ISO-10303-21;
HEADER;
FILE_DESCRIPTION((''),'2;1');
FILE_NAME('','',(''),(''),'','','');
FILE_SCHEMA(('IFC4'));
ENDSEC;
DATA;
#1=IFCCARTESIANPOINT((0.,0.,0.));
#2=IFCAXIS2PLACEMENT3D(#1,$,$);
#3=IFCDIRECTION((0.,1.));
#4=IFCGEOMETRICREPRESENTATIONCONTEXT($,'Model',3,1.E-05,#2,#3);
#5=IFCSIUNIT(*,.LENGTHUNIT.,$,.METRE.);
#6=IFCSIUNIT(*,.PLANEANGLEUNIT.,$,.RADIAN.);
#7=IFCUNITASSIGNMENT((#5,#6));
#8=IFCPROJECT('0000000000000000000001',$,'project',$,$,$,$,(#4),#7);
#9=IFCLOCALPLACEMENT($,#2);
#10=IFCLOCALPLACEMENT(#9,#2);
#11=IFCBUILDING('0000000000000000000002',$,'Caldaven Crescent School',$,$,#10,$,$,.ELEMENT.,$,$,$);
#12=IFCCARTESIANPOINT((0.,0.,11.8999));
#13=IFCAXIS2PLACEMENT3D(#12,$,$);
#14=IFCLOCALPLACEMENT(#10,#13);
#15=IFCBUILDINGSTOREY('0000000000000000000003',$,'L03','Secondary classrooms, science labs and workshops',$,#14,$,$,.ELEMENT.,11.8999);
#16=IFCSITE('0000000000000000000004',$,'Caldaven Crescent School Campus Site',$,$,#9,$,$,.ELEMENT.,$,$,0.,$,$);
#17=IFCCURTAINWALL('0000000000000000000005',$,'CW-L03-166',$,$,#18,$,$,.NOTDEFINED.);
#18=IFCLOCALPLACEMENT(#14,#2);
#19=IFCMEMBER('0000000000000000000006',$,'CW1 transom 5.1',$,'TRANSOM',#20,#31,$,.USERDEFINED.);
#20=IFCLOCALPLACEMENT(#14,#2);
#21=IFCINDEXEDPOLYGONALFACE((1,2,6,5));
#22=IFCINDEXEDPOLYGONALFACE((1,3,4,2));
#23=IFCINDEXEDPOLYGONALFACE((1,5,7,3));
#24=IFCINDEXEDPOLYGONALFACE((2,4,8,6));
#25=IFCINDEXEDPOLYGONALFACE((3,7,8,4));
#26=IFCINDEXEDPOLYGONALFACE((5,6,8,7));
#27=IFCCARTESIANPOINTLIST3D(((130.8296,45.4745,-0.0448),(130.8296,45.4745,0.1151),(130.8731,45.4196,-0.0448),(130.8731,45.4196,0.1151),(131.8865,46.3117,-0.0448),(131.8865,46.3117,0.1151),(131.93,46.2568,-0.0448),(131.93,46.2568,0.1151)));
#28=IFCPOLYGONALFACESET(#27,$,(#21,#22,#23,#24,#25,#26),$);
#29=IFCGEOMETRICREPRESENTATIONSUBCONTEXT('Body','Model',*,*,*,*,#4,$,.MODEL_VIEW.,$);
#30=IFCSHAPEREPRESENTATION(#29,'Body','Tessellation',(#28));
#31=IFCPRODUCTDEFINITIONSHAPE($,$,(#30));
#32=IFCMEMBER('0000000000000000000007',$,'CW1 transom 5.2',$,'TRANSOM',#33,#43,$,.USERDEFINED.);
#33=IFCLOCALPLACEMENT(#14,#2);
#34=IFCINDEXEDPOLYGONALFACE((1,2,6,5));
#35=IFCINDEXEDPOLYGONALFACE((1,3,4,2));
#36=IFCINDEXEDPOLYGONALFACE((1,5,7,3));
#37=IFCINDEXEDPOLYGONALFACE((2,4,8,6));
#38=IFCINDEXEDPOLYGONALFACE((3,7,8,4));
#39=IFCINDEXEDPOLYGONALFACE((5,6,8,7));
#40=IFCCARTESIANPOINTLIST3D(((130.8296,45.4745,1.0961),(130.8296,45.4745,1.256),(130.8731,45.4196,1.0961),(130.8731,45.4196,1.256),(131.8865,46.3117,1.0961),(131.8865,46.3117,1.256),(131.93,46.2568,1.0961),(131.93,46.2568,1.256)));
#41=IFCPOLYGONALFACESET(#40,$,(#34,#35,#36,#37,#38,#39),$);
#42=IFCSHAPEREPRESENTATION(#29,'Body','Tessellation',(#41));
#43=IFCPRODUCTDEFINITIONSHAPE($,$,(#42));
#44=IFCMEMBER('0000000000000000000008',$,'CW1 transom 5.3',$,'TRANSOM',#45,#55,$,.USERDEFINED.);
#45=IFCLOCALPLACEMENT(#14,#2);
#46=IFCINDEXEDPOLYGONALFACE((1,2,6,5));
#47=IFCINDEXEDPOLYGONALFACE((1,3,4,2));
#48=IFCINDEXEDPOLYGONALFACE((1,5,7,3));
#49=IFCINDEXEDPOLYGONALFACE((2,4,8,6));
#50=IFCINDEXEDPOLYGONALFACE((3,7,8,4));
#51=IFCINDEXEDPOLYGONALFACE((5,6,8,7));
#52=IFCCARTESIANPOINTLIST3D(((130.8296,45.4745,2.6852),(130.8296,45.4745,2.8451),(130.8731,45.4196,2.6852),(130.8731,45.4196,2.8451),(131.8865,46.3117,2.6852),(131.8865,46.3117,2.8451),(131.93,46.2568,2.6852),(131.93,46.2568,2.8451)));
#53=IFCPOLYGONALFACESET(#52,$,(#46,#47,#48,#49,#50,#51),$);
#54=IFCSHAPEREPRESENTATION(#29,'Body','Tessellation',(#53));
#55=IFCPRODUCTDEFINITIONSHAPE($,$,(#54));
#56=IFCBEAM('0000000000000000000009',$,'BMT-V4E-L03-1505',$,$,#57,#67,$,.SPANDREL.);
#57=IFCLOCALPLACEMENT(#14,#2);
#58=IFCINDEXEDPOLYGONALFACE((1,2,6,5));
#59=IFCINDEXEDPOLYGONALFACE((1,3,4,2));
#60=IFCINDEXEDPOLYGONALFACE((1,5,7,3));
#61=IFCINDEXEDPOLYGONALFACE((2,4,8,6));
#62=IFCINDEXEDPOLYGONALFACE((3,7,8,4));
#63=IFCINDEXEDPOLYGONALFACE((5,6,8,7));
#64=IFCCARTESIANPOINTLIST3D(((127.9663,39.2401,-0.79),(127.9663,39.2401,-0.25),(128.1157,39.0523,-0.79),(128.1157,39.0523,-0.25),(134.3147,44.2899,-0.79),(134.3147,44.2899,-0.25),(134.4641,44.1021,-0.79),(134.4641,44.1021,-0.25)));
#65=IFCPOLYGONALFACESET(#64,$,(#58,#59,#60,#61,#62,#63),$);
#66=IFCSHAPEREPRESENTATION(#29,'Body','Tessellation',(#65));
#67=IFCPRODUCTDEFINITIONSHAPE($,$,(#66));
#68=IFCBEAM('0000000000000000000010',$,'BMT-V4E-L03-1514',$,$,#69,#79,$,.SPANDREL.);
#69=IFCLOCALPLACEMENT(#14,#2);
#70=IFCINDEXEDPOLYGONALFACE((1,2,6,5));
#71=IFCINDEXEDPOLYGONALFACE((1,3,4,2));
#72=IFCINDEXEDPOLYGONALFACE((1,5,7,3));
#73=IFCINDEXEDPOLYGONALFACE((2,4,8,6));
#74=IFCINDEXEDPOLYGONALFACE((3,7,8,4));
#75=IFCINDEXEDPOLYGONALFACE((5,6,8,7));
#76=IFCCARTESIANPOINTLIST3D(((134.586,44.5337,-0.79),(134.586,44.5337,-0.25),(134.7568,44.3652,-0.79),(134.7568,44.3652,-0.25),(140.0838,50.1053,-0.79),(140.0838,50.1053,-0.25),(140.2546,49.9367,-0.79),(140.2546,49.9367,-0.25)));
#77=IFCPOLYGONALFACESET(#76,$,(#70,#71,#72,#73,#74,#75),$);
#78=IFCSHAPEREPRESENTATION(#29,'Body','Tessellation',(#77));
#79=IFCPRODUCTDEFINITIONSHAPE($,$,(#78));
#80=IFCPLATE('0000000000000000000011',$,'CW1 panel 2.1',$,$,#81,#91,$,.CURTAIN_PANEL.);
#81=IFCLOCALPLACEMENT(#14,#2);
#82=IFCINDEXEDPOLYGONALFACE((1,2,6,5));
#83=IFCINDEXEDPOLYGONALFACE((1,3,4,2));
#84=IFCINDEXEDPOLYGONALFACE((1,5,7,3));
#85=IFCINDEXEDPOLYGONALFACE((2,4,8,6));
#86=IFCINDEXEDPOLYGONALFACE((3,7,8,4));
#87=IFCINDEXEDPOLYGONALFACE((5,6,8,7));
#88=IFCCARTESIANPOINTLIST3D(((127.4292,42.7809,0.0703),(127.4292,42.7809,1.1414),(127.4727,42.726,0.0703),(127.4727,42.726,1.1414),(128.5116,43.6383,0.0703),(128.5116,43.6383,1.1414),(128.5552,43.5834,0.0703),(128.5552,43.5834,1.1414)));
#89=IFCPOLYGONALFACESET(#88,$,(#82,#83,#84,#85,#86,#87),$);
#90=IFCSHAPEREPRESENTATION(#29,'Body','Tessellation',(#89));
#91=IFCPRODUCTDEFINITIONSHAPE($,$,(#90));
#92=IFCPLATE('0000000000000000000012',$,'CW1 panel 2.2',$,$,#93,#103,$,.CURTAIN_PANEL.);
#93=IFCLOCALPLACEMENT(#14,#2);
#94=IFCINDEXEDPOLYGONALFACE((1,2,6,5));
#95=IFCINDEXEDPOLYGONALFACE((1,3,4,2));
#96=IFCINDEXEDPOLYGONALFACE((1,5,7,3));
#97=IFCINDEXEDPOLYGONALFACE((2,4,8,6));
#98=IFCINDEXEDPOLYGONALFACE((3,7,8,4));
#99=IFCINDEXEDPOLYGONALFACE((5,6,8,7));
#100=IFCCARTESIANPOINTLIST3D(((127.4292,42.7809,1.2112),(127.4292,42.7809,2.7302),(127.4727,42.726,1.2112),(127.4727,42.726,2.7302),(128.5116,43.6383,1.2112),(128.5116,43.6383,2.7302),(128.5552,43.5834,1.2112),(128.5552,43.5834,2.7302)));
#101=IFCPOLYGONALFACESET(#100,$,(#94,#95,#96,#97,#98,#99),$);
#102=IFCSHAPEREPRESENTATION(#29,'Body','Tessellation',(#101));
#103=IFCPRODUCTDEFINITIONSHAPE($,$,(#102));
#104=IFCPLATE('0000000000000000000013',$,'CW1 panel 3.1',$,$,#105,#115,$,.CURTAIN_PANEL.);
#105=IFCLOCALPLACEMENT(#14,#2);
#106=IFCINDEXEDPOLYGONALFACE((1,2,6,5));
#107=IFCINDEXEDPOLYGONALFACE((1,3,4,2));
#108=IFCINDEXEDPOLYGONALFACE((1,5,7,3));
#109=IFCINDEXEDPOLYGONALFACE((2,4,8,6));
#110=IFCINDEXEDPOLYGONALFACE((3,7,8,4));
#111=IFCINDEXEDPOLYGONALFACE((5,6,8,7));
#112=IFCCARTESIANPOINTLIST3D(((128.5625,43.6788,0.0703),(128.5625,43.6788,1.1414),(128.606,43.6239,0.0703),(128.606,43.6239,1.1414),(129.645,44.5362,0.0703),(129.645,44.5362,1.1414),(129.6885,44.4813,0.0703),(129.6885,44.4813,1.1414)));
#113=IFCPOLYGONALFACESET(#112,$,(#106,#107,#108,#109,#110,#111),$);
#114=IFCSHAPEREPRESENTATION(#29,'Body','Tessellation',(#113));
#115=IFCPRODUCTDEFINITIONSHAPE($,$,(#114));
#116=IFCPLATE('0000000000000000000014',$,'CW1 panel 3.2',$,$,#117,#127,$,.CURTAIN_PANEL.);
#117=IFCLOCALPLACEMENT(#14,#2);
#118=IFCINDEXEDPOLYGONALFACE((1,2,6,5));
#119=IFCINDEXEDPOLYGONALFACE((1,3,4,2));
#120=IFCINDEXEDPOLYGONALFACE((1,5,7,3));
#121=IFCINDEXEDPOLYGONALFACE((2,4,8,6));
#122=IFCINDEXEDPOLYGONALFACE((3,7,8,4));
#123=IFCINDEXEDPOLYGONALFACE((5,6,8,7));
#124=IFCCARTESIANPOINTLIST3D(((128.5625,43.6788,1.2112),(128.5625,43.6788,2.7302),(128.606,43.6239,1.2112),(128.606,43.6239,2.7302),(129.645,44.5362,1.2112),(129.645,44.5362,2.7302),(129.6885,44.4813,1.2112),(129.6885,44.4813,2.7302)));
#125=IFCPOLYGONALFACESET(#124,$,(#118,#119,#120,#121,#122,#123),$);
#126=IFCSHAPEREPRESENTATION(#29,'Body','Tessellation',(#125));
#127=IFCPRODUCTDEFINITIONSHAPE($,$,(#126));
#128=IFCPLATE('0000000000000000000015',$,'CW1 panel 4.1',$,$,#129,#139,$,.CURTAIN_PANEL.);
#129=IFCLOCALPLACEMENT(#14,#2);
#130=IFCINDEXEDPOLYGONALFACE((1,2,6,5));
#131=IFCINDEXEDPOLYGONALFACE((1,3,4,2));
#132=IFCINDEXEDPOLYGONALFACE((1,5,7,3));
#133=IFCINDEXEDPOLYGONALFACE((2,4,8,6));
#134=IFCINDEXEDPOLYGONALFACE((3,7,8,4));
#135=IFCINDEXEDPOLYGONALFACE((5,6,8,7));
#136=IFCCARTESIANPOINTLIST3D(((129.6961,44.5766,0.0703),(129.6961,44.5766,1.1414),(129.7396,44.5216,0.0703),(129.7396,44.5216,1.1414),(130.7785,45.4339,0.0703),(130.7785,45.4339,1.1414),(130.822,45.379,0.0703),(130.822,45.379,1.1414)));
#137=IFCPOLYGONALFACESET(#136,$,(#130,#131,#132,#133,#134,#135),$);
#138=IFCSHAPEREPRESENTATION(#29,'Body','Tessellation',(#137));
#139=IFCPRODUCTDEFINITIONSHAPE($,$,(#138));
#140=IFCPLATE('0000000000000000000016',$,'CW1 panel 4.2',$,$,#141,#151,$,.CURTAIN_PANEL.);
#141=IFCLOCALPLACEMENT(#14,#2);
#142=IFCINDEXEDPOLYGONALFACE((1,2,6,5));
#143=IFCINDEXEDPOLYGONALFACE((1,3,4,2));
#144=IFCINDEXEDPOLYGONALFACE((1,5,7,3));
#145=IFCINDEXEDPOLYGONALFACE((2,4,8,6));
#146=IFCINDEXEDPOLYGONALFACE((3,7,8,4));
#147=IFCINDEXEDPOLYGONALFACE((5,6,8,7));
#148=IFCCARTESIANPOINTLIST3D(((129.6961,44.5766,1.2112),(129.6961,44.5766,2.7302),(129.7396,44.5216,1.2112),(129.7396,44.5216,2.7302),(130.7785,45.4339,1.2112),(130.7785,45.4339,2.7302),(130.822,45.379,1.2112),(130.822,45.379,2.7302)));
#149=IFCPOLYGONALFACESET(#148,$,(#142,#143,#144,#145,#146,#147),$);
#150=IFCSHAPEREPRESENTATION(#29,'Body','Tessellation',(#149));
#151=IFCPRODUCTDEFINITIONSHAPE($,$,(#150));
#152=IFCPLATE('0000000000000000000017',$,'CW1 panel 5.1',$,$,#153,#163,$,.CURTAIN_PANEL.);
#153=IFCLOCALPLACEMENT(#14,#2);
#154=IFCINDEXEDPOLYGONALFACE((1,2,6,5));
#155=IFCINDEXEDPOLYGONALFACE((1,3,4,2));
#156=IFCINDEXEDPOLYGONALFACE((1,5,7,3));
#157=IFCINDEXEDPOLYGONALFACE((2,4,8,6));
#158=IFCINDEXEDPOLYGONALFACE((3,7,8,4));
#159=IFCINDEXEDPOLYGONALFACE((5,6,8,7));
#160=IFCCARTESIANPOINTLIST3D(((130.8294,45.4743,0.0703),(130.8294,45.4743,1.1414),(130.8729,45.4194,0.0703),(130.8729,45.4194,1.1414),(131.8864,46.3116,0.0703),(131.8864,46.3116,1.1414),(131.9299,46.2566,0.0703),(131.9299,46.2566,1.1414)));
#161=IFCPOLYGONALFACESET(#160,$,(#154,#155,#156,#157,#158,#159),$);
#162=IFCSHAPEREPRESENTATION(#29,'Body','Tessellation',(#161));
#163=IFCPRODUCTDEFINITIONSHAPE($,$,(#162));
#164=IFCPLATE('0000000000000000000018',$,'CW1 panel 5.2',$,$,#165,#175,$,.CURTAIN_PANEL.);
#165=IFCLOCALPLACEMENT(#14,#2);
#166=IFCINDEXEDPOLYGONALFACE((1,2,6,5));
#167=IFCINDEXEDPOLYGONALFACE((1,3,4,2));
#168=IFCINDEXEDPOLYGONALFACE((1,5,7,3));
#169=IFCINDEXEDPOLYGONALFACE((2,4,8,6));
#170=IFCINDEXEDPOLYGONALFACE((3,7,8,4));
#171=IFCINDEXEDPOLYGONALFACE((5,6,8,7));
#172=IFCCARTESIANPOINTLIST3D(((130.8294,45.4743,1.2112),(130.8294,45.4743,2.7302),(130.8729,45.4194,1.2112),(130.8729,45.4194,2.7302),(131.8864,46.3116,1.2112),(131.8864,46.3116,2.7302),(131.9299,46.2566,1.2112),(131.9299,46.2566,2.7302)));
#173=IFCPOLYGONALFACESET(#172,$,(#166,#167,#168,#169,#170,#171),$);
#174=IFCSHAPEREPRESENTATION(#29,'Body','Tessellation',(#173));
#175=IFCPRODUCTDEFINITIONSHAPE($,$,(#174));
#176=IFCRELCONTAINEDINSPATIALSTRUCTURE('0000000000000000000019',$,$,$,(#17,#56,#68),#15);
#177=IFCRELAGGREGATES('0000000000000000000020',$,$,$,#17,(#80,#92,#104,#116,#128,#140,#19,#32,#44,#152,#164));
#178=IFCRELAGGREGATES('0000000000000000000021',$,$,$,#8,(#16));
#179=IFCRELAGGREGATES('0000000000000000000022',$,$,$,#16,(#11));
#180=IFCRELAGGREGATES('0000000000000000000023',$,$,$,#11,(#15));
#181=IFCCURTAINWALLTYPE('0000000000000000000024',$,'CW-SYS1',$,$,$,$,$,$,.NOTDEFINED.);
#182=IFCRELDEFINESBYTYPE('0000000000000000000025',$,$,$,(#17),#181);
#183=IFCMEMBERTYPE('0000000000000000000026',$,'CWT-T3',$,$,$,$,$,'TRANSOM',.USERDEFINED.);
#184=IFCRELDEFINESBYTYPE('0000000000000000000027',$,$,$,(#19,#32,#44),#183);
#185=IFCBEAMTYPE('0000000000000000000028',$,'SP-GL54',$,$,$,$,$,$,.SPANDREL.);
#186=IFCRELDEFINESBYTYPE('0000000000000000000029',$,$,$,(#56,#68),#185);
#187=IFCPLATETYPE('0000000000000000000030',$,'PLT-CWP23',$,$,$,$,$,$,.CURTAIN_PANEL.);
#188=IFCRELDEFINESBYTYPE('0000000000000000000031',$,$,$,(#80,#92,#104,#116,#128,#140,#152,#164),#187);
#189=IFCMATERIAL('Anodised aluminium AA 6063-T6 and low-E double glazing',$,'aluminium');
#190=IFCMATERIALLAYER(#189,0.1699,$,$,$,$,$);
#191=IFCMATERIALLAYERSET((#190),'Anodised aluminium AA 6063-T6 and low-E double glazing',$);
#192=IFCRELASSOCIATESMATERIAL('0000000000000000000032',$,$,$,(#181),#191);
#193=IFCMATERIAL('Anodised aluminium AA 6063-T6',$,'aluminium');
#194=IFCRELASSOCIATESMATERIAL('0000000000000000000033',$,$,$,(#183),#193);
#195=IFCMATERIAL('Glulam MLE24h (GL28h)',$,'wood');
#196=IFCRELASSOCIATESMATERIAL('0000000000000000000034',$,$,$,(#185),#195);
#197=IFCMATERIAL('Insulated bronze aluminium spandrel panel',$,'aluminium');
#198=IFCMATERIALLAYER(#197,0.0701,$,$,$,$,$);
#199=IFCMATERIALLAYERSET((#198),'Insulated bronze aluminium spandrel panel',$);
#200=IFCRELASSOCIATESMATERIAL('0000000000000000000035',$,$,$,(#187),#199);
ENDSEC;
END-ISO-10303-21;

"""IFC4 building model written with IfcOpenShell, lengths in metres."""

from ifc_helpers import new_model, si_unit, direction, frame, origin, origin_2d, place, context, subcontext, project, spatial, rectangle, extrude, material, layer, layer_set, material_profile, profile_set, type_object, element, aggregate, save


model = new_model("IFC4")

# Units and contexts
model_context = context("Model", 3, precision=1e-05, world=origin(), true_north=direction((0.0, 1.0)))
body_context = subcontext(model_context, "Body", "Model", "MODEL_VIEW")
ifc_project = project(units=[si_unit("LENGTHUNIT", "METRE"), si_unit("PLANEANGLEUNIT", "RADIAN")], contexts=[model_context])

# Site, building, storey
site_placement = place(None, origin())
site = spatial("IfcSite", under=ifc_project, at=site_placement, Name="Caldaven Crescent School Campus Site", CompositionType="ELEMENT", RefElevation=0.0)
building_placement = place(site_placement, origin())
building = spatial("IfcBuilding", under=site, at=building_placement, Name="Caldaven Crescent School", CompositionType="ELEMENT")
storey_placement = place(building_placement, frame((0.0, 0.0, 11.8999)))
storey = spatial("IfcBuildingStorey", under=building, at=storey_placement, Name="L03", Description="Secondary classrooms, science labs and workshops", CompositionType="ELEMENT", Elevation=11.8999)

# Shared definitions
ifc_material_1 = material(Name="Glulam MLE24h (GL28h)", Category="wood")

# Curtain wall, members
ifc_material_2 = material(Name="Anodised aluminium AA 6063-T6 and low-E double glazing", Category="aluminium")
ifc_layer_1 = layer(ifc_material_2, 0.1699)
ifc_layer_set_1 = layer_set([ifc_layer_1], Name="Anodised aluminium AA 6063-T6 and low-E double glazing")
curtain_wall_type = type_object("IfcCurtainWallType", Name="CW-SYS1", PredefinedType="NOTDEFINED", material=ifc_layer_set_1)
curtain_wall_placement = place(storey_placement, origin())
curtain_wall = element("IfcCurtainWall", 1, at=curtain_wall_placement, inside=storey, type_object=curtain_wall_type, Name="CW-L03-166", PredefinedType="NOTDEFINED")
ifc_material_3 = material(Name="Anodised aluminium AA 6063-T6", Category="aluminium")
ifc_material_profile_1 = material_profile(ifc_material_3, rectangle(XDim=0.0701, YDim=0.1599, at=origin_2d()), Name="CWT 70x160")
ifc_profile_set_1 = profile_set([ifc_material_profile_1], Name="Anodised aluminium AA 6063-T6")
member_type_1 = type_object("IfcMemberType", Name="CWT-T3", ElementType="TRANSOM", PredefinedType="USERDEFINED", material=ifc_profile_set_1)
member_1_placement = place(storey_placement, frame((130.8513, 45.447, 0.0352), z_axis=(0.783881, 0.620912, 0.0), x_axis=(-0.620912, 0.783881, 0.0)))
member_1 = element("IfcMember", 2, at=member_1_placement, type_object=member_type_1, Name="CW1 transom 5.1", ObjectType="TRANSOM", PredefinedType="USERDEFINED", context=body_context, shape_type="SweptSolid", body=[
    extrude(rectangle(XDim=0.0701, YDim=0.1599, at=origin_2d()), origin(), (0.0, 0.0, 1.0), 1.3484),
])
member_2_placement = place(storey_placement, frame((130.8513, 45.447, 1.176), z_axis=(0.783881, 0.620912, 0.0), x_axis=(-0.620912, 0.783881, 0.0)))
member_2 = element("IfcMember", 3, at=member_2_placement, type_object=member_type_1, Name="CW1 transom 5.2", ObjectType="TRANSOM", PredefinedType="USERDEFINED", context=body_context, shape_type="SweptSolid", body=[
    extrude(rectangle(XDim=0.0701, YDim=0.1599, at=origin_2d()), origin(), (0.0, 0.0, 1.0), 1.3484),
])
member_3_placement = place(storey_placement, frame((130.8513, 45.447, 2.7651), z_axis=(0.783881, 0.620912, 0.0), x_axis=(-0.620912, 0.783881, 0.0)))
member_3 = element("IfcMember", 4, at=member_3_placement, type_object=member_type_1, Name="CW1 transom 5.3", ObjectType="TRANSOM", PredefinedType="USERDEFINED", context=body_context, shape_type="SweptSolid", body=[
    extrude(rectangle(XDim=0.0701, YDim=0.1599, at=origin_2d()), origin(), (0.0, 0.0, 1.0), 1.3484),
])

# Beams
ifc_material_profile_2 = material_profile(ifc_material_1, rectangle(XDim=0.24, YDim=0.54, at=origin_2d()), Name="MLE 240x540")
ifc_profile_set_2 = profile_set([ifc_material_profile_2], Name="Glulam MLE24h (GL28h)")
beam_type_1 = type_object("IfcBeamType", Name="SP-GL54", PredefinedType="SPANDREL", material=ifc_profile_set_2)
beam_1_placement = place(storey_placement, frame((128.041, 39.1462, -0.52), z_axis=(0.782604, 0.62252, 0.0), x_axis=(-0.62252, 0.782604, 0.0)))
element("IfcBeam", 5, at=beam_1_placement, inside=storey, type_object=beam_type_1, Name="BMT-V4E-L03-1505", PredefinedType="SPANDREL", context=body_context, shape_type="SweptSolid", body=[
    extrude(rectangle(XDim=0.24, YDim=0.54, at=origin_2d()), origin(), (0.0, 0.0, 1.0), 8.1118),
])
beam_2_placement = place(storey_placement, frame((134.6714, 44.4495, -0.52), z_axis=(0.702381, 0.711801, 0.0), x_axis=(-0.711801, 0.702381, 0.0)))
element("IfcBeam", 6, at=beam_2_placement, inside=storey, type_object=beam_type_1, Name="BMT-V4E-L03-1514", PredefinedType="SPANDREL", context=body_context, shape_type="SweptSolid", body=[
    extrude(rectangle(XDim=0.24, YDim=0.54, at=origin_2d()), origin(), (0.0, 0.0, 1.0), 7.8274),
])

# Plates
ifc_material_4 = material(Name="Insulated bronze aluminium spandrel panel", Category="aluminium")
ifc_layer_2 = layer(ifc_material_4, 0.0701)
ifc_layer_set_2 = layer_set([ifc_layer_2], Name="Insulated bronze aluminium spandrel panel")
plate_type = type_object("IfcPlateType", Name="PLT-CWP23", PredefinedType="CURTAIN_PANEL", material=ifc_layer_set_2)
plate_1_placement = place(storey_placement, frame((127.9922, 43.1821, 0.0703), z_axis=(0.0, 0.0, 1.0), x_axis=(0.783882, 0.62091, 0.0)))
plate_1 = element("IfcPlate", 7, at=plate_1_placement, type_object=plate_type, Name="CW1 panel 2.1", PredefinedType="CURTAIN_PANEL", context=body_context, shape_type="SweptSolid", body=[
    extrude(rectangle(XDim=1.3809, YDim=0.0701, at=origin_2d()), origin(), (0.0, 0.0, 1.0), 1.071),
])
plate_2_placement = place(storey_placement, frame((127.9922, 43.1821, 1.2112), z_axis=(0.0, 0.0, 1.0), x_axis=(0.783882, 0.62091, 0.0)))
plate_2 = element("IfcPlate", 8, at=plate_2_placement, type_object=plate_type, Name="CW1 panel 2.2", PredefinedType="CURTAIN_PANEL", context=body_context, shape_type="SweptSolid", body=[
    extrude(rectangle(XDim=1.3809, YDim=0.0701, at=origin_2d()), origin(), (0.0, 0.0, 1.0), 1.519),
])
plate_3_placement = place(storey_placement, frame((129.1255, 44.0801, 0.0703), z_axis=(0.0, 0.0, 1.0), x_axis=(0.783882, 0.62091, 0.0)))
plate_3 = element("IfcPlate", 9, at=plate_3_placement, type_object=plate_type, Name="CW1 panel 3.1", PredefinedType="CURTAIN_PANEL", context=body_context, shape_type="SweptSolid", body=[
    extrude(rectangle(XDim=1.3809, YDim=0.0701, at=origin_2d()), origin(), (0.0, 0.0, 1.0), 1.071),
])
plate_4_placement = place(storey_placement, frame((129.1255, 44.0801, 1.2112), z_axis=(0.0, 0.0, 1.0), x_axis=(0.783882, 0.62091, 0.0)))
plate_4 = element("IfcPlate", 10, at=plate_4_placement, type_object=plate_type, Name="CW1 panel 3.2", PredefinedType="CURTAIN_PANEL", context=body_context, shape_type="SweptSolid", body=[
    extrude(rectangle(XDim=1.3809, YDim=0.0701, at=origin_2d()), origin(), (0.0, 0.0, 1.0), 1.519),
])
plate_5_placement = place(storey_placement, frame((130.259, 44.9778, 0.0703), z_axis=(0.0, 0.0, 1.0), x_axis=(0.783882, 0.62091, 0.0)))
plate_5 = element("IfcPlate", 11, at=plate_5_placement, type_object=plate_type, Name="CW1 panel 4.1", PredefinedType="CURTAIN_PANEL", context=body_context, shape_type="SweptSolid", body=[
    extrude(rectangle(XDim=1.3809, YDim=0.0701, at=origin_2d()), origin(), (0.0, 0.0, 1.0), 1.071),
])
plate_6_placement = place(storey_placement, frame((130.259, 44.9778, 1.2112), z_axis=(0.0, 0.0, 1.0), x_axis=(0.783882, 0.62091, 0.0)))
plate_6 = element("IfcPlate", 12, at=plate_6_placement, type_object=plate_type, Name="CW1 panel 4.2", PredefinedType="CURTAIN_PANEL", context=body_context, shape_type="SweptSolid", body=[
    extrude(rectangle(XDim=1.3809, YDim=0.0701, at=origin_2d()), origin(), (0.0, 0.0, 1.0), 1.519),
])
plate_7_placement = place(storey_placement, frame((131.3796, 45.8655, 0.0703), z_axis=(0.0, 0.0, 1.0), x_axis=(0.783882, 0.62091, 0.0)))
plate_7 = element("IfcPlate", 13, at=plate_7_placement, type_object=plate_type, Name="CW1 panel 5.1", PredefinedType="CURTAIN_PANEL", context=body_context, shape_type="SweptSolid", body=[
    extrude(rectangle(XDim=1.3484, YDim=0.0701, at=origin_2d()), origin(), (0.0, 0.0, 1.0), 1.071),
])
plate_8_placement = place(storey_placement, frame((131.3796, 45.8655, 1.2112), z_axis=(0.0, 0.0, 1.0), x_axis=(0.783882, 0.62091, 0.0)))
plate_8 = element("IfcPlate", 14, at=plate_8_placement, type_object=plate_type, Name="CW1 panel 5.2", PredefinedType="CURTAIN_PANEL", context=body_context, shape_type="SweptSolid", body=[
    extrude(rectangle(XDim=1.3484, YDim=0.0701, at=origin_2d()), origin(), (0.0, 0.0, 1.0), 1.519),
])
aggregate(curtain_wall, [plate_1, plate_2, plate_3, plate_4, plate_5, plate_6, member_1, member_2, member_3, plate_7, plate_8])

save(model, "model.ifc")
